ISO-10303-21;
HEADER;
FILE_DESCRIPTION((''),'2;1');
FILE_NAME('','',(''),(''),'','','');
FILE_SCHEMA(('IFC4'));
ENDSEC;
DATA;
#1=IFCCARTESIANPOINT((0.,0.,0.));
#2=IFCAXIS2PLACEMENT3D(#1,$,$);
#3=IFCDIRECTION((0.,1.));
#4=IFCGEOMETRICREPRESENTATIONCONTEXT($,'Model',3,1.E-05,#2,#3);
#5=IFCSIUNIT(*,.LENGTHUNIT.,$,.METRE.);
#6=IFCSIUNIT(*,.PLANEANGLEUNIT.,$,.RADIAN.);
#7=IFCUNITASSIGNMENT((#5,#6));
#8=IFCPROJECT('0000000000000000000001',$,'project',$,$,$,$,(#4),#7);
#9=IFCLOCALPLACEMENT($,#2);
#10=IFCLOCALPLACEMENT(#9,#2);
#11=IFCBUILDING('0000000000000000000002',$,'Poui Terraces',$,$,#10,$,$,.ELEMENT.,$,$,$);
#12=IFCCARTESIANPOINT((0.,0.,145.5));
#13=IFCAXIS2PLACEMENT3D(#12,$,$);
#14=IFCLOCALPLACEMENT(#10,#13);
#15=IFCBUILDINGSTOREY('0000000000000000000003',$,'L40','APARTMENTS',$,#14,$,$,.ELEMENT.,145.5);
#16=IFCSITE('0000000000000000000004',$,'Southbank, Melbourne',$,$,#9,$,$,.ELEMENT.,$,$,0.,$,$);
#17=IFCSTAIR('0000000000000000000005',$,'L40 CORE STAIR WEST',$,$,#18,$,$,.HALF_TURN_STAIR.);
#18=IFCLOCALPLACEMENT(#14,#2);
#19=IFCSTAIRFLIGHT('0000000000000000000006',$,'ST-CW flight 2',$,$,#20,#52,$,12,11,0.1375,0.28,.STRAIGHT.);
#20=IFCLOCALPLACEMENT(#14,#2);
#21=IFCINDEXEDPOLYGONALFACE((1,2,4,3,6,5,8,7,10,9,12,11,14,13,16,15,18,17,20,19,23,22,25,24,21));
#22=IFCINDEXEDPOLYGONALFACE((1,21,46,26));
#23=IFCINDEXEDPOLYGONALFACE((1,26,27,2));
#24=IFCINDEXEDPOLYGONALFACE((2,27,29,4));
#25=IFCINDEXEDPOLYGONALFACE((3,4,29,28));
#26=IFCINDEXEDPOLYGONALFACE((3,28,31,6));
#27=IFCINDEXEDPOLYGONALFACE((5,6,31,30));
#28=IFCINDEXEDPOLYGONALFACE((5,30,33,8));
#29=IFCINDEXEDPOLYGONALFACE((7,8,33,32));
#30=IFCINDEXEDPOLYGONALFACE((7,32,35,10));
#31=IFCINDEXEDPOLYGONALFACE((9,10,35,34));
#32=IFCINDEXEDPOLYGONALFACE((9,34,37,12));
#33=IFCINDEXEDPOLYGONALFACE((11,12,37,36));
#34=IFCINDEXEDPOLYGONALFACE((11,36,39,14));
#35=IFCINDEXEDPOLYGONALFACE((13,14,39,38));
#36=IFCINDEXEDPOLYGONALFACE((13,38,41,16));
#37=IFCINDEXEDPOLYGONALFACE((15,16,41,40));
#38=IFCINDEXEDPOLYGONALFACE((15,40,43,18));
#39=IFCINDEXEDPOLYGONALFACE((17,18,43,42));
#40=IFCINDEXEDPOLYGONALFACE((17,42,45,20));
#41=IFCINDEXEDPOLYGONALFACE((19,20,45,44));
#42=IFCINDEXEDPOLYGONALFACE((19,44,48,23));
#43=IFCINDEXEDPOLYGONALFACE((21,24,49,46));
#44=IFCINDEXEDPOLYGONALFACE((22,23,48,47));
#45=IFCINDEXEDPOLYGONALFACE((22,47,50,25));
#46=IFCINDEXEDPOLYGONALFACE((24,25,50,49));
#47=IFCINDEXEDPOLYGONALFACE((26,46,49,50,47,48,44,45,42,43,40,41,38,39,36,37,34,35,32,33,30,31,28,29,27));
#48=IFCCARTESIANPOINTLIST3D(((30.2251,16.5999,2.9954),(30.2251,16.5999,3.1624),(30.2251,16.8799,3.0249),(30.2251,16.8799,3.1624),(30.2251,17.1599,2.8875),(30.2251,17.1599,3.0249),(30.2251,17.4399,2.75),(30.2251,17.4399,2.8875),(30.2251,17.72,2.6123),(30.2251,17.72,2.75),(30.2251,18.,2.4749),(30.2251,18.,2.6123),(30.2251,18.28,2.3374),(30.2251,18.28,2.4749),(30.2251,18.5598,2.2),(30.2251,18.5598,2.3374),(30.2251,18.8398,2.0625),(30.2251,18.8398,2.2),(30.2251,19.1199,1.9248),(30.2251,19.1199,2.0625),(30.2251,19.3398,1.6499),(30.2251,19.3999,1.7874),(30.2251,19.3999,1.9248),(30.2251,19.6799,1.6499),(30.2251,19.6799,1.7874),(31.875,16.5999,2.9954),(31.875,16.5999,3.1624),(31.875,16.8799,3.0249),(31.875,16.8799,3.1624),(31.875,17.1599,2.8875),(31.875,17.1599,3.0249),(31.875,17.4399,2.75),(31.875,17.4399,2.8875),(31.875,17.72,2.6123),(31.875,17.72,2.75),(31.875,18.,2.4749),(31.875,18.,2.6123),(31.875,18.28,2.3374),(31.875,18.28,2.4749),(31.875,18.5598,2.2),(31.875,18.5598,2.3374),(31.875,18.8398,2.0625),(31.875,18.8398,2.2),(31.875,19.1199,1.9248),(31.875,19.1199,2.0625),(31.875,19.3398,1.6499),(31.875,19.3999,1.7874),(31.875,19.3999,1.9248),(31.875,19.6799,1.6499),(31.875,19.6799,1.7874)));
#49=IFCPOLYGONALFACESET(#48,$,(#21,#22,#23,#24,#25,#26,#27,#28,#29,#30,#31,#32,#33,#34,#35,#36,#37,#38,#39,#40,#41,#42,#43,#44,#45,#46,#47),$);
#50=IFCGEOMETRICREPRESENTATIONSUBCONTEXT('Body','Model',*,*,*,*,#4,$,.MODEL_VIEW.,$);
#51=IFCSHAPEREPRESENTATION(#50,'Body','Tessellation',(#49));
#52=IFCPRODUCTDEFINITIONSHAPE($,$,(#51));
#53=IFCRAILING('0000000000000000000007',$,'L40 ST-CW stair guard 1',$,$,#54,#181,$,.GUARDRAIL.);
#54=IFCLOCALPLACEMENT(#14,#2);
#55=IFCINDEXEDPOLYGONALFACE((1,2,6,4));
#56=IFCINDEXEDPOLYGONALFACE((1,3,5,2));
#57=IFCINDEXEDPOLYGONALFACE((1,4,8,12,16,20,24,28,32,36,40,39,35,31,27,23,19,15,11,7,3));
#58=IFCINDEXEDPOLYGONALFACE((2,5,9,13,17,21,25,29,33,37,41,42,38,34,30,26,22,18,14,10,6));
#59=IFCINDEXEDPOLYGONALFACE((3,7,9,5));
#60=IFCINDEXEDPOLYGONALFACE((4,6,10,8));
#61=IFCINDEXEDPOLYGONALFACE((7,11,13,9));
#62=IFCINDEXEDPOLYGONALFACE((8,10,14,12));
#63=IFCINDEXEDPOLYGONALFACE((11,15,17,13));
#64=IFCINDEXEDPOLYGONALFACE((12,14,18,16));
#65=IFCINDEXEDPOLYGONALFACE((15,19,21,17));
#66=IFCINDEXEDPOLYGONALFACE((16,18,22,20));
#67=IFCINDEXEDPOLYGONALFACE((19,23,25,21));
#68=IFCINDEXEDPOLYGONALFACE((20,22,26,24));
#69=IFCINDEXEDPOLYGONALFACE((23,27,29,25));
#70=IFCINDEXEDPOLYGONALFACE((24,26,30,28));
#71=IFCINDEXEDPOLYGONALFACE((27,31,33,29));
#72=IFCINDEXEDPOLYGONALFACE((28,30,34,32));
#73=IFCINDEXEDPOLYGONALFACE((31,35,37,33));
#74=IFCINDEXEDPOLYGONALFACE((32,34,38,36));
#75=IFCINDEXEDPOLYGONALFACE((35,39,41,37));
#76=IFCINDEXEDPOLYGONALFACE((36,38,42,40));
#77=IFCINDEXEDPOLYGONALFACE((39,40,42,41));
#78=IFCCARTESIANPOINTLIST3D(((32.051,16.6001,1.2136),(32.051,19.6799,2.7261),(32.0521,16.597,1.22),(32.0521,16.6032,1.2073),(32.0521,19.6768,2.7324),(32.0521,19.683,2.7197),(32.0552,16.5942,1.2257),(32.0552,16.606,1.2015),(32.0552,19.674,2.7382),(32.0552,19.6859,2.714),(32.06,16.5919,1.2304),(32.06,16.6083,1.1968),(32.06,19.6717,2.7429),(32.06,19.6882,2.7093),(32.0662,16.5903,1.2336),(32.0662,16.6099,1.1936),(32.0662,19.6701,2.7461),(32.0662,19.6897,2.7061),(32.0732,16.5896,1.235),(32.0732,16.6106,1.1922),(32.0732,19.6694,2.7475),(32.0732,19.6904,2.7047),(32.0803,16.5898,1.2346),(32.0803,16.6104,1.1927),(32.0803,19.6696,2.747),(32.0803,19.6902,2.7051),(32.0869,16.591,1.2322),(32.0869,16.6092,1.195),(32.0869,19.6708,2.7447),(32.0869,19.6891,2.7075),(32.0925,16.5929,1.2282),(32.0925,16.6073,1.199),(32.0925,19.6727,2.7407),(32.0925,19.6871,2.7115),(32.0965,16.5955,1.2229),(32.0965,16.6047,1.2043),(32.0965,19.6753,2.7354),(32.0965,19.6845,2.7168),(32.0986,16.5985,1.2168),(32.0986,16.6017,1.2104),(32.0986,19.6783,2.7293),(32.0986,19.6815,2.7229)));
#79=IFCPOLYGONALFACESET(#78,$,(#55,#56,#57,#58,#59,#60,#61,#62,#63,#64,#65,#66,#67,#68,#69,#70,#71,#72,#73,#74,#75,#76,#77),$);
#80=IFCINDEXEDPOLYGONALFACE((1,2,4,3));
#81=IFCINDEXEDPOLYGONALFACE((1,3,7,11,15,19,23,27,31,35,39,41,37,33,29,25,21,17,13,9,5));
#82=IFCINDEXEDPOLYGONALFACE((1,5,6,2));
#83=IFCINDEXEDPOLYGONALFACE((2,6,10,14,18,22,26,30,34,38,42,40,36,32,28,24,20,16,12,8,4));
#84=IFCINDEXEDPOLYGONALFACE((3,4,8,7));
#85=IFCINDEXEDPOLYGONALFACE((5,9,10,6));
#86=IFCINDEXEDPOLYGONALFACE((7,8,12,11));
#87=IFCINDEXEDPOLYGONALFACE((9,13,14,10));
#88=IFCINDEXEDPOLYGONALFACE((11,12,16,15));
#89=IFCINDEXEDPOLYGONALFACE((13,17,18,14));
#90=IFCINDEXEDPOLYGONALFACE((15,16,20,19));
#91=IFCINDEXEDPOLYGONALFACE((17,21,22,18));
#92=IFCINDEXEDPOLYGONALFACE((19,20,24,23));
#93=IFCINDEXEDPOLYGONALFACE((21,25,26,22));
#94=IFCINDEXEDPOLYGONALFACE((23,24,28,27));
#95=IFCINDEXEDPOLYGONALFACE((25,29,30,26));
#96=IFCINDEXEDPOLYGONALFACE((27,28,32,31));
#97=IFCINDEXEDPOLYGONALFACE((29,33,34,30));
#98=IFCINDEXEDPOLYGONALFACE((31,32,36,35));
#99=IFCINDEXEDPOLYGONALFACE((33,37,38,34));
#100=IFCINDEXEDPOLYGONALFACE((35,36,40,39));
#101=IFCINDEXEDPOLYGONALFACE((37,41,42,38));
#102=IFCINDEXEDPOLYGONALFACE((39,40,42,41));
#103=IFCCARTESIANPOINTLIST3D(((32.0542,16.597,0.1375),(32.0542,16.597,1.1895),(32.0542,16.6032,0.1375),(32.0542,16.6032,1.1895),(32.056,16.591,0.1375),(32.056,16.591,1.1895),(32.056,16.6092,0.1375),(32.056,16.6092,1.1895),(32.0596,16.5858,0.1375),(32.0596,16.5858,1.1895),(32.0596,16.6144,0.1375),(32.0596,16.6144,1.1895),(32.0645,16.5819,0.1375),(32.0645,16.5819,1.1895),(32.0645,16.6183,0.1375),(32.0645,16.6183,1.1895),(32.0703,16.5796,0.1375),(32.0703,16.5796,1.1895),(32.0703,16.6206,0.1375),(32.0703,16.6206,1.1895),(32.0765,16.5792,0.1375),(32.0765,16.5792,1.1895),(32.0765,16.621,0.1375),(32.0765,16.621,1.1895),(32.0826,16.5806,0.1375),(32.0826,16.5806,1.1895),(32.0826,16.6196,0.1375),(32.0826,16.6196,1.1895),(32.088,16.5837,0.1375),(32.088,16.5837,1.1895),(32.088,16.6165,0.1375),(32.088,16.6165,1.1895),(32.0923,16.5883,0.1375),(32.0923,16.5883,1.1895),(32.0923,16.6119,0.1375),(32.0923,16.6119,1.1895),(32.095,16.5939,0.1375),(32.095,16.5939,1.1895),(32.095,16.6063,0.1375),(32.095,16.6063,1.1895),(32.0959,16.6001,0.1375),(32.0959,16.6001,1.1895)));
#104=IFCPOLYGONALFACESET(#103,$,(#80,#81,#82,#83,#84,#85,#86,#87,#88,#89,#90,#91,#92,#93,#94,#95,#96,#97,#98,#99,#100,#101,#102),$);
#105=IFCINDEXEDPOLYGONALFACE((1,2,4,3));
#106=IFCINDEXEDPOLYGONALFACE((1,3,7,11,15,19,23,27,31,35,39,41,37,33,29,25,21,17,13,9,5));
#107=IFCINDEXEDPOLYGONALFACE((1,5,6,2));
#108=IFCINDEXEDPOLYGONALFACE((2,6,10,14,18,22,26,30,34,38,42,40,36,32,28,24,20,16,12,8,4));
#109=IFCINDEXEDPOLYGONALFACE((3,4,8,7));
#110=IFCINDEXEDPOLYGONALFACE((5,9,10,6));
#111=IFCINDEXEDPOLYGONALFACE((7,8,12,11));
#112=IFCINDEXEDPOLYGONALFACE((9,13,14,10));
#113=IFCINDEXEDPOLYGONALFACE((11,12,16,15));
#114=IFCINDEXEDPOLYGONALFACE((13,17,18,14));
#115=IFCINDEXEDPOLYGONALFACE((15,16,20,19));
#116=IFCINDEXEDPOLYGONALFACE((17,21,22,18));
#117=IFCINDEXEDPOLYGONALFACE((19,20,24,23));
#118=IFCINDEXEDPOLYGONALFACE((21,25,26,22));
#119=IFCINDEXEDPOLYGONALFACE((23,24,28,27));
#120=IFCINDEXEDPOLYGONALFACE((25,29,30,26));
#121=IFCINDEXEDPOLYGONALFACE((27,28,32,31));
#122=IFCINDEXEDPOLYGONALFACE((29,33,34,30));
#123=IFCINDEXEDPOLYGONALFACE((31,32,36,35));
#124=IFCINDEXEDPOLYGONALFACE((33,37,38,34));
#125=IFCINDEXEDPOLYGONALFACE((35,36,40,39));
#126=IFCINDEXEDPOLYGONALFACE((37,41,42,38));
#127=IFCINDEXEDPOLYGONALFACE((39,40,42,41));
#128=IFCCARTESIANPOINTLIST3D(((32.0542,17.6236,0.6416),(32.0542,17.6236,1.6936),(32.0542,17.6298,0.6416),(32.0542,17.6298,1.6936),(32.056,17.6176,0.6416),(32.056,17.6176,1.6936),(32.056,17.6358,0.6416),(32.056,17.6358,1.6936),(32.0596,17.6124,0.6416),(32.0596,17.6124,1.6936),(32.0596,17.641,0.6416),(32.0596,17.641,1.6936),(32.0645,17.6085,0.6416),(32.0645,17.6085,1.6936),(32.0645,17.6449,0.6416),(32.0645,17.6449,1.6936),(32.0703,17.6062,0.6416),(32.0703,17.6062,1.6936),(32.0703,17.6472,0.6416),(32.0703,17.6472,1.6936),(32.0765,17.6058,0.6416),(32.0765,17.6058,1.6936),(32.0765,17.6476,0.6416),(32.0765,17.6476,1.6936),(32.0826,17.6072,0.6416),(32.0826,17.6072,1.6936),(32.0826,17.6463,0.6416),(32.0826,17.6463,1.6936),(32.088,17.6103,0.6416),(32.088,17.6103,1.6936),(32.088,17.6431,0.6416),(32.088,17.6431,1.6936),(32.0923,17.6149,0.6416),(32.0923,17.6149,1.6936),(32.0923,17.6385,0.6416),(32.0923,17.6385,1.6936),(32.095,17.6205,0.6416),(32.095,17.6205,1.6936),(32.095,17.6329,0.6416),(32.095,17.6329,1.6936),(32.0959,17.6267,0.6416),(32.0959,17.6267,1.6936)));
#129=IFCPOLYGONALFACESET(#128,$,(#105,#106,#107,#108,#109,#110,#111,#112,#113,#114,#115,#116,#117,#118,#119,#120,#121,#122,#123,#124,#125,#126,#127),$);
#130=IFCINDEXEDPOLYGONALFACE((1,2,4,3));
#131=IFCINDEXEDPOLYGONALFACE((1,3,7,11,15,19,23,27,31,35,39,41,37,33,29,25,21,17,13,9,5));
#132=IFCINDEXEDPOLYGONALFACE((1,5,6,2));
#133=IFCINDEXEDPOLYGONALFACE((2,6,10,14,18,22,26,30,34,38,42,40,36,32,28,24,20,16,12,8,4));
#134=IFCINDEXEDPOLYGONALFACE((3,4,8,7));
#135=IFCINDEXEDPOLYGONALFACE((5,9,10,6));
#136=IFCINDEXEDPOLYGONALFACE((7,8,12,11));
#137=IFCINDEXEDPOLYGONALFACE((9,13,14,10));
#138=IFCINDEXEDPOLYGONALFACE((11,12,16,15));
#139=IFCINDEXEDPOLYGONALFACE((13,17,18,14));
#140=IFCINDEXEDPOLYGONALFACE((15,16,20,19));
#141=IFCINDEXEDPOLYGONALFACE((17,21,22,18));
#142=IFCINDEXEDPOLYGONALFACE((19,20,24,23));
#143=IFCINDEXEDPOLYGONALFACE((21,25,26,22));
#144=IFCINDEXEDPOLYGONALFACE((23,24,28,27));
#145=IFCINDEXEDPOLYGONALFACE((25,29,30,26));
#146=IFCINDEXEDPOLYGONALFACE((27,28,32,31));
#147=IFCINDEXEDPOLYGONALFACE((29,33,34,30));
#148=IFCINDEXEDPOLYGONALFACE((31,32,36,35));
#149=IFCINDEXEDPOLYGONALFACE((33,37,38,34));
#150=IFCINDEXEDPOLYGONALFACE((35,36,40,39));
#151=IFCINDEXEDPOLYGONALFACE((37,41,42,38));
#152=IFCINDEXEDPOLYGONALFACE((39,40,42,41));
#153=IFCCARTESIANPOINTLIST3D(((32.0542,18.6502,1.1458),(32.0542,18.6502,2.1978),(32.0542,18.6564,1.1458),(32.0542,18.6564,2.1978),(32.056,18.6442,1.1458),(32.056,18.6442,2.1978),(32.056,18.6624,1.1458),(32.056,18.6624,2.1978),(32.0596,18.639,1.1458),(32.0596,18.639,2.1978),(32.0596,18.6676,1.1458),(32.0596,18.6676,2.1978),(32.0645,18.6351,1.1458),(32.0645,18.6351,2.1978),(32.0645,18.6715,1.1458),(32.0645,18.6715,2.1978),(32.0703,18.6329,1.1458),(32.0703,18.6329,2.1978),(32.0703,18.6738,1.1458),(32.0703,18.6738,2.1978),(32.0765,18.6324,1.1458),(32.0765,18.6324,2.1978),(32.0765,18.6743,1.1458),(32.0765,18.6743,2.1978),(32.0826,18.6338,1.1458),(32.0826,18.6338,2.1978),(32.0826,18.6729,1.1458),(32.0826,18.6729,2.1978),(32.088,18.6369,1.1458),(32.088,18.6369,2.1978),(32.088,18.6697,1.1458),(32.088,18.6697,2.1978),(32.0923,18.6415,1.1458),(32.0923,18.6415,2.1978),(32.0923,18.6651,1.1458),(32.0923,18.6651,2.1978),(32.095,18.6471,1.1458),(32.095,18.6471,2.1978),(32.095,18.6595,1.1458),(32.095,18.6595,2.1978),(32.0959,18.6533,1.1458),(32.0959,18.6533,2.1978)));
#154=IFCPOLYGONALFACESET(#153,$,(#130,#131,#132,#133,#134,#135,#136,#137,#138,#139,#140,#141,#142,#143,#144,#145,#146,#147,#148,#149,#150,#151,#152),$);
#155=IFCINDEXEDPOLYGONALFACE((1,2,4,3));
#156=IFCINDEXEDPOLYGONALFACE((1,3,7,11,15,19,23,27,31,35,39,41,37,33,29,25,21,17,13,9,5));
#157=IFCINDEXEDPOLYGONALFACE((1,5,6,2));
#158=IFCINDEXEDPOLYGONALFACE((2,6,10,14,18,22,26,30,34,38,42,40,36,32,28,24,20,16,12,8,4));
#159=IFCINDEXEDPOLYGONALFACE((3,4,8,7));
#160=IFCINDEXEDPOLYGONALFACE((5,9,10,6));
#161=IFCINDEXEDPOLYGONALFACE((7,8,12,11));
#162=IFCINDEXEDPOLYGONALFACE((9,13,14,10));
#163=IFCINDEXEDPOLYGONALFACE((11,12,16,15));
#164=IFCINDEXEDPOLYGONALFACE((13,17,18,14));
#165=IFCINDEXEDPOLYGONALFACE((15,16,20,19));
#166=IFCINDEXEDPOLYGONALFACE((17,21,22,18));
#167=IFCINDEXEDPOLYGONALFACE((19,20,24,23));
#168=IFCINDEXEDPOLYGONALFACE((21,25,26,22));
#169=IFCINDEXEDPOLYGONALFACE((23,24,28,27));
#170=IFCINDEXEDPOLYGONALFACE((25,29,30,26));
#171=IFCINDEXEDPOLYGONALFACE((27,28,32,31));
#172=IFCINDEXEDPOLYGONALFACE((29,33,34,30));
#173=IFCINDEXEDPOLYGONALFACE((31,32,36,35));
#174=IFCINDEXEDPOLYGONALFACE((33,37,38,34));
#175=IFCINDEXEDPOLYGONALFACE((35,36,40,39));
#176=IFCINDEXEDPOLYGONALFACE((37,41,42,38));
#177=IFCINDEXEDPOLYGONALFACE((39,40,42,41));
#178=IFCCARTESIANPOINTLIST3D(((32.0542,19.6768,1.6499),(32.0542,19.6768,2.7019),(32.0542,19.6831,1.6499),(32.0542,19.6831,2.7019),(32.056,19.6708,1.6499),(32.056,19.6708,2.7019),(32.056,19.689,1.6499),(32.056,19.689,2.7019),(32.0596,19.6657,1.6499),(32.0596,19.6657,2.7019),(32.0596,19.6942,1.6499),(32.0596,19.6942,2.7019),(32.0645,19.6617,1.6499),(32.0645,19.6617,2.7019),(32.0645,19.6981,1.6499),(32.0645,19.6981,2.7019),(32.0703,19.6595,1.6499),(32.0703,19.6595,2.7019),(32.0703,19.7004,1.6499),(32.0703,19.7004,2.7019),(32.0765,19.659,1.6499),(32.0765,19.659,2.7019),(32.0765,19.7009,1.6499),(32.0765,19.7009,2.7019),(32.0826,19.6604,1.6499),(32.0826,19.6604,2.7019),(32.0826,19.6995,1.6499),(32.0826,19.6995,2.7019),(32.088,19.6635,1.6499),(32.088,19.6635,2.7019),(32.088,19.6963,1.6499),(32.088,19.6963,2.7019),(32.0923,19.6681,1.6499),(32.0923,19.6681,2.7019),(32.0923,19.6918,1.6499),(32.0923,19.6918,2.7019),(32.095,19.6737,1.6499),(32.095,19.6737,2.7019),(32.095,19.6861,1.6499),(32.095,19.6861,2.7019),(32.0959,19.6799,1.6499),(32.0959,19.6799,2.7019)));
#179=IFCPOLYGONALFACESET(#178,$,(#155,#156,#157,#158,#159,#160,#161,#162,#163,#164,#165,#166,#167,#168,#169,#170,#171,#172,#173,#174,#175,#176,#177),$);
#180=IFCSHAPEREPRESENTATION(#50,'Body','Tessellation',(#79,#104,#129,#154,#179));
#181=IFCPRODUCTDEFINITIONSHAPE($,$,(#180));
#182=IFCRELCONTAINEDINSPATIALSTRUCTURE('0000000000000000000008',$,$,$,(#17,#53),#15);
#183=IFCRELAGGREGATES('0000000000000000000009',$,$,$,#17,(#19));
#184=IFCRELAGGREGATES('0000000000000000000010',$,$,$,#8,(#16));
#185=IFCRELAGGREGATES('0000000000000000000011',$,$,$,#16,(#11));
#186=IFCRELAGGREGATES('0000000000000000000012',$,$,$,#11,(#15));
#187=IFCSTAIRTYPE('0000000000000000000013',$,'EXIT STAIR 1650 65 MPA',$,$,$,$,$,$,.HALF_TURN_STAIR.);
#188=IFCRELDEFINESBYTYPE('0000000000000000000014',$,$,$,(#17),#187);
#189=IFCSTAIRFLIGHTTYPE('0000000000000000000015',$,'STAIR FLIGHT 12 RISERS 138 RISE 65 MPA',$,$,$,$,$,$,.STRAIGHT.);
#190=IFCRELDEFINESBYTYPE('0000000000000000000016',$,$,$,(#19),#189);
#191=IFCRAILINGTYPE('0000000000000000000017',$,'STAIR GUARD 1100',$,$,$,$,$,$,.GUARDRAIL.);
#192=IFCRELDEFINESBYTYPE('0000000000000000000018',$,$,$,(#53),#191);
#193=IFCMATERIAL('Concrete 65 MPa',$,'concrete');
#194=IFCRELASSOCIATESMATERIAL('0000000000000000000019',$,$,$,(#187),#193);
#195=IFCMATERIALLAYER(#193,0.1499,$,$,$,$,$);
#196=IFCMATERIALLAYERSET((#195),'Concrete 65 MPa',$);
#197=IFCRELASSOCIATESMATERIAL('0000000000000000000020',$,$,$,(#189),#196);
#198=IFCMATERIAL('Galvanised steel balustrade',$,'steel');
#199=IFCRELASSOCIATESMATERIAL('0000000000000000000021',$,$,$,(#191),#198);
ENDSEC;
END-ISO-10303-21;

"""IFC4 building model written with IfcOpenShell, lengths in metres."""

from ifc_helpers import new_model, si_unit, direction, frame, origin, origin_2d, place, context, subcontext, project, spatial, polyline, circle, outline, extrude, material, layer, layer_set, type_object, element, aggregate, save


model = new_model("IFC4")

# Units and contexts
model_context = context("Model", 3, precision=1e-05, world=origin(), true_north=direction((0.0, 1.0)))
body_context = subcontext(model_context, "Body", "Model", "MODEL_VIEW")
ifc_project = project(units=[si_unit("LENGTHUNIT", "METRE"), si_unit("PLANEANGLEUNIT", "RADIAN")], contexts=[model_context])

# Site, building, storey
site_placement = place(None, origin())
site = spatial("IfcSite", under=ifc_project, at=site_placement, Name="Southbank, Melbourne", CompositionType="ELEMENT", RefElevation=0.0)
building_placement = place(site_placement, origin())
building = spatial("IfcBuilding", under=site, at=building_placement, Name="Poui Terraces", CompositionType="ELEMENT")
storey_placement = place(building_placement, frame((0.0, 0.0, 145.5)))
storey = spatial("IfcBuildingStorey", under=building, at=storey_placement, Name="L40", Description="APARTMENTS", CompositionType="ELEMENT", Elevation=145.5)

# Shared definitions
ifc_material_1 = material(Name="Concrete 65 MPa", Category="concrete")

# Stair, stair flight
stair_type = type_object("IfcStairType", Name="EXIT STAIR 1650 65 MPA", PredefinedType="HALF_TURN_STAIR", material=ifc_material_1)
stair_placement = place(storey_placement, origin())
stair = element("IfcStair", 1, at=stair_placement, inside=storey, type_object=stair_type, Name="L40 CORE STAIR WEST", PredefinedType="HALF_TURN_STAIR")
ifc_layer_1 = layer(ifc_material_1, 0.1499)
ifc_layer_set_1 = layer_set([ifc_layer_1], Name="Concrete 65 MPa")
stair_flight_type = type_object("IfcStairFlightType", Name="STAIR FLIGHT 12 RISERS 138 RISE 65 MPA", PredefinedType="STRAIGHT", material=ifc_layer_set_1)
stair_flight_1_placement = place(storey_placement, frame((31.05, 19.6799, 1.6499), z_axis=(0.0, 0.0, 1.0), x_axis=(0.0, -1.0, 0.0)))
stair_flight_1 = element("IfcStairFlight", 2, at=stair_flight_1_placement, type_object=stair_flight_type, Name="ST-CW flight 2", NumberOfRisers=12, NumberOfTreads=11, PredefinedType="STRAIGHT", RiserHeight=0.1375, TreadLength=0.28, context=body_context, shape_type="SweptSolid", body=[
    extrude(outline(polyline([(0.0, 0.0), (0.0, 0.1375), (0.28, 0.1375), (0.28, 0.2749), (0.5601, 0.2749), (0.5601, 0.4126), (0.8401, 0.4126), (0.8401, 0.55), (1.1201, 0.55), (1.1201, 0.6875), (1.3999, 0.6875), (1.3999, 0.825), (1.6799, 0.825), (1.6799, 0.9624), (1.96, 0.9624), (1.96, 1.1001), (2.24, 1.1001), (2.24, 1.2375), (2.52, 1.2375), (2.52, 1.375), (2.8, 1.375), (2.8, 1.5125), (3.0801, 1.5125), (3.0801, 1.6499), (3.0801, 1.3455), (0.3401, 0.0), (0.0, 0.0)])), frame((0.0, 0.825, 0.0), z_axis=(0.0, -1.0, 0.0), x_axis=(1.0, 0.0, 0.0)), (0.0, 0.0, 1.0), 1.6499),
])
aggregate(stair, [stair_flight_1])

# Railing
ifc_material_2 = material(Name="Galvanised steel balustrade", Category="steel")
railing_type_1 = type_object("IfcRailingType", Name="STAIR GUARD 1100", PredefinedType="GUARDRAIL", material=ifc_material_2)
railing_1_placement = place(storey_placement, frame((32.075, 16.6001, 0.1375)))
element("IfcRailing", 3, at=railing_1_placement, inside=storey, type_object=railing_type_1, Name="L40 ST-CW stair guard 1", PredefinedType="GUARDRAIL", context=body_context, shape_type="SweptSolid", body=[
    extrude(circle(Radius=0.0239, at=origin_2d()), frame((0.0, 0.0, 1.0762), z_axis=(0.0, 0.897606, 0.440798), x_axis=(-1.0, 0.0, 0.0)), (0.0, 0.0, 1.0), 3.4312),
    extrude(circle(Radius=0.021, at=origin_2d()), origin(), (0.0, 0.0, 1.0), 1.052),
    extrude(circle(Radius=0.021, at=origin_2d()), frame((0.0, 1.0266, 0.5042)), (0.0, 0.0, 1.0), 1.052),
    extrude(circle(Radius=0.021, at=origin_2d()), frame((0.0, 2.0532, 1.0083)), (0.0, 0.0, 1.0), 1.052),
    extrude(circle(Radius=0.021, at=origin_2d()), frame((0.0, 3.0798, 1.5125)), (0.0, 0.0, 1.0), 1.052),
])

save(model, "model.ifc")
